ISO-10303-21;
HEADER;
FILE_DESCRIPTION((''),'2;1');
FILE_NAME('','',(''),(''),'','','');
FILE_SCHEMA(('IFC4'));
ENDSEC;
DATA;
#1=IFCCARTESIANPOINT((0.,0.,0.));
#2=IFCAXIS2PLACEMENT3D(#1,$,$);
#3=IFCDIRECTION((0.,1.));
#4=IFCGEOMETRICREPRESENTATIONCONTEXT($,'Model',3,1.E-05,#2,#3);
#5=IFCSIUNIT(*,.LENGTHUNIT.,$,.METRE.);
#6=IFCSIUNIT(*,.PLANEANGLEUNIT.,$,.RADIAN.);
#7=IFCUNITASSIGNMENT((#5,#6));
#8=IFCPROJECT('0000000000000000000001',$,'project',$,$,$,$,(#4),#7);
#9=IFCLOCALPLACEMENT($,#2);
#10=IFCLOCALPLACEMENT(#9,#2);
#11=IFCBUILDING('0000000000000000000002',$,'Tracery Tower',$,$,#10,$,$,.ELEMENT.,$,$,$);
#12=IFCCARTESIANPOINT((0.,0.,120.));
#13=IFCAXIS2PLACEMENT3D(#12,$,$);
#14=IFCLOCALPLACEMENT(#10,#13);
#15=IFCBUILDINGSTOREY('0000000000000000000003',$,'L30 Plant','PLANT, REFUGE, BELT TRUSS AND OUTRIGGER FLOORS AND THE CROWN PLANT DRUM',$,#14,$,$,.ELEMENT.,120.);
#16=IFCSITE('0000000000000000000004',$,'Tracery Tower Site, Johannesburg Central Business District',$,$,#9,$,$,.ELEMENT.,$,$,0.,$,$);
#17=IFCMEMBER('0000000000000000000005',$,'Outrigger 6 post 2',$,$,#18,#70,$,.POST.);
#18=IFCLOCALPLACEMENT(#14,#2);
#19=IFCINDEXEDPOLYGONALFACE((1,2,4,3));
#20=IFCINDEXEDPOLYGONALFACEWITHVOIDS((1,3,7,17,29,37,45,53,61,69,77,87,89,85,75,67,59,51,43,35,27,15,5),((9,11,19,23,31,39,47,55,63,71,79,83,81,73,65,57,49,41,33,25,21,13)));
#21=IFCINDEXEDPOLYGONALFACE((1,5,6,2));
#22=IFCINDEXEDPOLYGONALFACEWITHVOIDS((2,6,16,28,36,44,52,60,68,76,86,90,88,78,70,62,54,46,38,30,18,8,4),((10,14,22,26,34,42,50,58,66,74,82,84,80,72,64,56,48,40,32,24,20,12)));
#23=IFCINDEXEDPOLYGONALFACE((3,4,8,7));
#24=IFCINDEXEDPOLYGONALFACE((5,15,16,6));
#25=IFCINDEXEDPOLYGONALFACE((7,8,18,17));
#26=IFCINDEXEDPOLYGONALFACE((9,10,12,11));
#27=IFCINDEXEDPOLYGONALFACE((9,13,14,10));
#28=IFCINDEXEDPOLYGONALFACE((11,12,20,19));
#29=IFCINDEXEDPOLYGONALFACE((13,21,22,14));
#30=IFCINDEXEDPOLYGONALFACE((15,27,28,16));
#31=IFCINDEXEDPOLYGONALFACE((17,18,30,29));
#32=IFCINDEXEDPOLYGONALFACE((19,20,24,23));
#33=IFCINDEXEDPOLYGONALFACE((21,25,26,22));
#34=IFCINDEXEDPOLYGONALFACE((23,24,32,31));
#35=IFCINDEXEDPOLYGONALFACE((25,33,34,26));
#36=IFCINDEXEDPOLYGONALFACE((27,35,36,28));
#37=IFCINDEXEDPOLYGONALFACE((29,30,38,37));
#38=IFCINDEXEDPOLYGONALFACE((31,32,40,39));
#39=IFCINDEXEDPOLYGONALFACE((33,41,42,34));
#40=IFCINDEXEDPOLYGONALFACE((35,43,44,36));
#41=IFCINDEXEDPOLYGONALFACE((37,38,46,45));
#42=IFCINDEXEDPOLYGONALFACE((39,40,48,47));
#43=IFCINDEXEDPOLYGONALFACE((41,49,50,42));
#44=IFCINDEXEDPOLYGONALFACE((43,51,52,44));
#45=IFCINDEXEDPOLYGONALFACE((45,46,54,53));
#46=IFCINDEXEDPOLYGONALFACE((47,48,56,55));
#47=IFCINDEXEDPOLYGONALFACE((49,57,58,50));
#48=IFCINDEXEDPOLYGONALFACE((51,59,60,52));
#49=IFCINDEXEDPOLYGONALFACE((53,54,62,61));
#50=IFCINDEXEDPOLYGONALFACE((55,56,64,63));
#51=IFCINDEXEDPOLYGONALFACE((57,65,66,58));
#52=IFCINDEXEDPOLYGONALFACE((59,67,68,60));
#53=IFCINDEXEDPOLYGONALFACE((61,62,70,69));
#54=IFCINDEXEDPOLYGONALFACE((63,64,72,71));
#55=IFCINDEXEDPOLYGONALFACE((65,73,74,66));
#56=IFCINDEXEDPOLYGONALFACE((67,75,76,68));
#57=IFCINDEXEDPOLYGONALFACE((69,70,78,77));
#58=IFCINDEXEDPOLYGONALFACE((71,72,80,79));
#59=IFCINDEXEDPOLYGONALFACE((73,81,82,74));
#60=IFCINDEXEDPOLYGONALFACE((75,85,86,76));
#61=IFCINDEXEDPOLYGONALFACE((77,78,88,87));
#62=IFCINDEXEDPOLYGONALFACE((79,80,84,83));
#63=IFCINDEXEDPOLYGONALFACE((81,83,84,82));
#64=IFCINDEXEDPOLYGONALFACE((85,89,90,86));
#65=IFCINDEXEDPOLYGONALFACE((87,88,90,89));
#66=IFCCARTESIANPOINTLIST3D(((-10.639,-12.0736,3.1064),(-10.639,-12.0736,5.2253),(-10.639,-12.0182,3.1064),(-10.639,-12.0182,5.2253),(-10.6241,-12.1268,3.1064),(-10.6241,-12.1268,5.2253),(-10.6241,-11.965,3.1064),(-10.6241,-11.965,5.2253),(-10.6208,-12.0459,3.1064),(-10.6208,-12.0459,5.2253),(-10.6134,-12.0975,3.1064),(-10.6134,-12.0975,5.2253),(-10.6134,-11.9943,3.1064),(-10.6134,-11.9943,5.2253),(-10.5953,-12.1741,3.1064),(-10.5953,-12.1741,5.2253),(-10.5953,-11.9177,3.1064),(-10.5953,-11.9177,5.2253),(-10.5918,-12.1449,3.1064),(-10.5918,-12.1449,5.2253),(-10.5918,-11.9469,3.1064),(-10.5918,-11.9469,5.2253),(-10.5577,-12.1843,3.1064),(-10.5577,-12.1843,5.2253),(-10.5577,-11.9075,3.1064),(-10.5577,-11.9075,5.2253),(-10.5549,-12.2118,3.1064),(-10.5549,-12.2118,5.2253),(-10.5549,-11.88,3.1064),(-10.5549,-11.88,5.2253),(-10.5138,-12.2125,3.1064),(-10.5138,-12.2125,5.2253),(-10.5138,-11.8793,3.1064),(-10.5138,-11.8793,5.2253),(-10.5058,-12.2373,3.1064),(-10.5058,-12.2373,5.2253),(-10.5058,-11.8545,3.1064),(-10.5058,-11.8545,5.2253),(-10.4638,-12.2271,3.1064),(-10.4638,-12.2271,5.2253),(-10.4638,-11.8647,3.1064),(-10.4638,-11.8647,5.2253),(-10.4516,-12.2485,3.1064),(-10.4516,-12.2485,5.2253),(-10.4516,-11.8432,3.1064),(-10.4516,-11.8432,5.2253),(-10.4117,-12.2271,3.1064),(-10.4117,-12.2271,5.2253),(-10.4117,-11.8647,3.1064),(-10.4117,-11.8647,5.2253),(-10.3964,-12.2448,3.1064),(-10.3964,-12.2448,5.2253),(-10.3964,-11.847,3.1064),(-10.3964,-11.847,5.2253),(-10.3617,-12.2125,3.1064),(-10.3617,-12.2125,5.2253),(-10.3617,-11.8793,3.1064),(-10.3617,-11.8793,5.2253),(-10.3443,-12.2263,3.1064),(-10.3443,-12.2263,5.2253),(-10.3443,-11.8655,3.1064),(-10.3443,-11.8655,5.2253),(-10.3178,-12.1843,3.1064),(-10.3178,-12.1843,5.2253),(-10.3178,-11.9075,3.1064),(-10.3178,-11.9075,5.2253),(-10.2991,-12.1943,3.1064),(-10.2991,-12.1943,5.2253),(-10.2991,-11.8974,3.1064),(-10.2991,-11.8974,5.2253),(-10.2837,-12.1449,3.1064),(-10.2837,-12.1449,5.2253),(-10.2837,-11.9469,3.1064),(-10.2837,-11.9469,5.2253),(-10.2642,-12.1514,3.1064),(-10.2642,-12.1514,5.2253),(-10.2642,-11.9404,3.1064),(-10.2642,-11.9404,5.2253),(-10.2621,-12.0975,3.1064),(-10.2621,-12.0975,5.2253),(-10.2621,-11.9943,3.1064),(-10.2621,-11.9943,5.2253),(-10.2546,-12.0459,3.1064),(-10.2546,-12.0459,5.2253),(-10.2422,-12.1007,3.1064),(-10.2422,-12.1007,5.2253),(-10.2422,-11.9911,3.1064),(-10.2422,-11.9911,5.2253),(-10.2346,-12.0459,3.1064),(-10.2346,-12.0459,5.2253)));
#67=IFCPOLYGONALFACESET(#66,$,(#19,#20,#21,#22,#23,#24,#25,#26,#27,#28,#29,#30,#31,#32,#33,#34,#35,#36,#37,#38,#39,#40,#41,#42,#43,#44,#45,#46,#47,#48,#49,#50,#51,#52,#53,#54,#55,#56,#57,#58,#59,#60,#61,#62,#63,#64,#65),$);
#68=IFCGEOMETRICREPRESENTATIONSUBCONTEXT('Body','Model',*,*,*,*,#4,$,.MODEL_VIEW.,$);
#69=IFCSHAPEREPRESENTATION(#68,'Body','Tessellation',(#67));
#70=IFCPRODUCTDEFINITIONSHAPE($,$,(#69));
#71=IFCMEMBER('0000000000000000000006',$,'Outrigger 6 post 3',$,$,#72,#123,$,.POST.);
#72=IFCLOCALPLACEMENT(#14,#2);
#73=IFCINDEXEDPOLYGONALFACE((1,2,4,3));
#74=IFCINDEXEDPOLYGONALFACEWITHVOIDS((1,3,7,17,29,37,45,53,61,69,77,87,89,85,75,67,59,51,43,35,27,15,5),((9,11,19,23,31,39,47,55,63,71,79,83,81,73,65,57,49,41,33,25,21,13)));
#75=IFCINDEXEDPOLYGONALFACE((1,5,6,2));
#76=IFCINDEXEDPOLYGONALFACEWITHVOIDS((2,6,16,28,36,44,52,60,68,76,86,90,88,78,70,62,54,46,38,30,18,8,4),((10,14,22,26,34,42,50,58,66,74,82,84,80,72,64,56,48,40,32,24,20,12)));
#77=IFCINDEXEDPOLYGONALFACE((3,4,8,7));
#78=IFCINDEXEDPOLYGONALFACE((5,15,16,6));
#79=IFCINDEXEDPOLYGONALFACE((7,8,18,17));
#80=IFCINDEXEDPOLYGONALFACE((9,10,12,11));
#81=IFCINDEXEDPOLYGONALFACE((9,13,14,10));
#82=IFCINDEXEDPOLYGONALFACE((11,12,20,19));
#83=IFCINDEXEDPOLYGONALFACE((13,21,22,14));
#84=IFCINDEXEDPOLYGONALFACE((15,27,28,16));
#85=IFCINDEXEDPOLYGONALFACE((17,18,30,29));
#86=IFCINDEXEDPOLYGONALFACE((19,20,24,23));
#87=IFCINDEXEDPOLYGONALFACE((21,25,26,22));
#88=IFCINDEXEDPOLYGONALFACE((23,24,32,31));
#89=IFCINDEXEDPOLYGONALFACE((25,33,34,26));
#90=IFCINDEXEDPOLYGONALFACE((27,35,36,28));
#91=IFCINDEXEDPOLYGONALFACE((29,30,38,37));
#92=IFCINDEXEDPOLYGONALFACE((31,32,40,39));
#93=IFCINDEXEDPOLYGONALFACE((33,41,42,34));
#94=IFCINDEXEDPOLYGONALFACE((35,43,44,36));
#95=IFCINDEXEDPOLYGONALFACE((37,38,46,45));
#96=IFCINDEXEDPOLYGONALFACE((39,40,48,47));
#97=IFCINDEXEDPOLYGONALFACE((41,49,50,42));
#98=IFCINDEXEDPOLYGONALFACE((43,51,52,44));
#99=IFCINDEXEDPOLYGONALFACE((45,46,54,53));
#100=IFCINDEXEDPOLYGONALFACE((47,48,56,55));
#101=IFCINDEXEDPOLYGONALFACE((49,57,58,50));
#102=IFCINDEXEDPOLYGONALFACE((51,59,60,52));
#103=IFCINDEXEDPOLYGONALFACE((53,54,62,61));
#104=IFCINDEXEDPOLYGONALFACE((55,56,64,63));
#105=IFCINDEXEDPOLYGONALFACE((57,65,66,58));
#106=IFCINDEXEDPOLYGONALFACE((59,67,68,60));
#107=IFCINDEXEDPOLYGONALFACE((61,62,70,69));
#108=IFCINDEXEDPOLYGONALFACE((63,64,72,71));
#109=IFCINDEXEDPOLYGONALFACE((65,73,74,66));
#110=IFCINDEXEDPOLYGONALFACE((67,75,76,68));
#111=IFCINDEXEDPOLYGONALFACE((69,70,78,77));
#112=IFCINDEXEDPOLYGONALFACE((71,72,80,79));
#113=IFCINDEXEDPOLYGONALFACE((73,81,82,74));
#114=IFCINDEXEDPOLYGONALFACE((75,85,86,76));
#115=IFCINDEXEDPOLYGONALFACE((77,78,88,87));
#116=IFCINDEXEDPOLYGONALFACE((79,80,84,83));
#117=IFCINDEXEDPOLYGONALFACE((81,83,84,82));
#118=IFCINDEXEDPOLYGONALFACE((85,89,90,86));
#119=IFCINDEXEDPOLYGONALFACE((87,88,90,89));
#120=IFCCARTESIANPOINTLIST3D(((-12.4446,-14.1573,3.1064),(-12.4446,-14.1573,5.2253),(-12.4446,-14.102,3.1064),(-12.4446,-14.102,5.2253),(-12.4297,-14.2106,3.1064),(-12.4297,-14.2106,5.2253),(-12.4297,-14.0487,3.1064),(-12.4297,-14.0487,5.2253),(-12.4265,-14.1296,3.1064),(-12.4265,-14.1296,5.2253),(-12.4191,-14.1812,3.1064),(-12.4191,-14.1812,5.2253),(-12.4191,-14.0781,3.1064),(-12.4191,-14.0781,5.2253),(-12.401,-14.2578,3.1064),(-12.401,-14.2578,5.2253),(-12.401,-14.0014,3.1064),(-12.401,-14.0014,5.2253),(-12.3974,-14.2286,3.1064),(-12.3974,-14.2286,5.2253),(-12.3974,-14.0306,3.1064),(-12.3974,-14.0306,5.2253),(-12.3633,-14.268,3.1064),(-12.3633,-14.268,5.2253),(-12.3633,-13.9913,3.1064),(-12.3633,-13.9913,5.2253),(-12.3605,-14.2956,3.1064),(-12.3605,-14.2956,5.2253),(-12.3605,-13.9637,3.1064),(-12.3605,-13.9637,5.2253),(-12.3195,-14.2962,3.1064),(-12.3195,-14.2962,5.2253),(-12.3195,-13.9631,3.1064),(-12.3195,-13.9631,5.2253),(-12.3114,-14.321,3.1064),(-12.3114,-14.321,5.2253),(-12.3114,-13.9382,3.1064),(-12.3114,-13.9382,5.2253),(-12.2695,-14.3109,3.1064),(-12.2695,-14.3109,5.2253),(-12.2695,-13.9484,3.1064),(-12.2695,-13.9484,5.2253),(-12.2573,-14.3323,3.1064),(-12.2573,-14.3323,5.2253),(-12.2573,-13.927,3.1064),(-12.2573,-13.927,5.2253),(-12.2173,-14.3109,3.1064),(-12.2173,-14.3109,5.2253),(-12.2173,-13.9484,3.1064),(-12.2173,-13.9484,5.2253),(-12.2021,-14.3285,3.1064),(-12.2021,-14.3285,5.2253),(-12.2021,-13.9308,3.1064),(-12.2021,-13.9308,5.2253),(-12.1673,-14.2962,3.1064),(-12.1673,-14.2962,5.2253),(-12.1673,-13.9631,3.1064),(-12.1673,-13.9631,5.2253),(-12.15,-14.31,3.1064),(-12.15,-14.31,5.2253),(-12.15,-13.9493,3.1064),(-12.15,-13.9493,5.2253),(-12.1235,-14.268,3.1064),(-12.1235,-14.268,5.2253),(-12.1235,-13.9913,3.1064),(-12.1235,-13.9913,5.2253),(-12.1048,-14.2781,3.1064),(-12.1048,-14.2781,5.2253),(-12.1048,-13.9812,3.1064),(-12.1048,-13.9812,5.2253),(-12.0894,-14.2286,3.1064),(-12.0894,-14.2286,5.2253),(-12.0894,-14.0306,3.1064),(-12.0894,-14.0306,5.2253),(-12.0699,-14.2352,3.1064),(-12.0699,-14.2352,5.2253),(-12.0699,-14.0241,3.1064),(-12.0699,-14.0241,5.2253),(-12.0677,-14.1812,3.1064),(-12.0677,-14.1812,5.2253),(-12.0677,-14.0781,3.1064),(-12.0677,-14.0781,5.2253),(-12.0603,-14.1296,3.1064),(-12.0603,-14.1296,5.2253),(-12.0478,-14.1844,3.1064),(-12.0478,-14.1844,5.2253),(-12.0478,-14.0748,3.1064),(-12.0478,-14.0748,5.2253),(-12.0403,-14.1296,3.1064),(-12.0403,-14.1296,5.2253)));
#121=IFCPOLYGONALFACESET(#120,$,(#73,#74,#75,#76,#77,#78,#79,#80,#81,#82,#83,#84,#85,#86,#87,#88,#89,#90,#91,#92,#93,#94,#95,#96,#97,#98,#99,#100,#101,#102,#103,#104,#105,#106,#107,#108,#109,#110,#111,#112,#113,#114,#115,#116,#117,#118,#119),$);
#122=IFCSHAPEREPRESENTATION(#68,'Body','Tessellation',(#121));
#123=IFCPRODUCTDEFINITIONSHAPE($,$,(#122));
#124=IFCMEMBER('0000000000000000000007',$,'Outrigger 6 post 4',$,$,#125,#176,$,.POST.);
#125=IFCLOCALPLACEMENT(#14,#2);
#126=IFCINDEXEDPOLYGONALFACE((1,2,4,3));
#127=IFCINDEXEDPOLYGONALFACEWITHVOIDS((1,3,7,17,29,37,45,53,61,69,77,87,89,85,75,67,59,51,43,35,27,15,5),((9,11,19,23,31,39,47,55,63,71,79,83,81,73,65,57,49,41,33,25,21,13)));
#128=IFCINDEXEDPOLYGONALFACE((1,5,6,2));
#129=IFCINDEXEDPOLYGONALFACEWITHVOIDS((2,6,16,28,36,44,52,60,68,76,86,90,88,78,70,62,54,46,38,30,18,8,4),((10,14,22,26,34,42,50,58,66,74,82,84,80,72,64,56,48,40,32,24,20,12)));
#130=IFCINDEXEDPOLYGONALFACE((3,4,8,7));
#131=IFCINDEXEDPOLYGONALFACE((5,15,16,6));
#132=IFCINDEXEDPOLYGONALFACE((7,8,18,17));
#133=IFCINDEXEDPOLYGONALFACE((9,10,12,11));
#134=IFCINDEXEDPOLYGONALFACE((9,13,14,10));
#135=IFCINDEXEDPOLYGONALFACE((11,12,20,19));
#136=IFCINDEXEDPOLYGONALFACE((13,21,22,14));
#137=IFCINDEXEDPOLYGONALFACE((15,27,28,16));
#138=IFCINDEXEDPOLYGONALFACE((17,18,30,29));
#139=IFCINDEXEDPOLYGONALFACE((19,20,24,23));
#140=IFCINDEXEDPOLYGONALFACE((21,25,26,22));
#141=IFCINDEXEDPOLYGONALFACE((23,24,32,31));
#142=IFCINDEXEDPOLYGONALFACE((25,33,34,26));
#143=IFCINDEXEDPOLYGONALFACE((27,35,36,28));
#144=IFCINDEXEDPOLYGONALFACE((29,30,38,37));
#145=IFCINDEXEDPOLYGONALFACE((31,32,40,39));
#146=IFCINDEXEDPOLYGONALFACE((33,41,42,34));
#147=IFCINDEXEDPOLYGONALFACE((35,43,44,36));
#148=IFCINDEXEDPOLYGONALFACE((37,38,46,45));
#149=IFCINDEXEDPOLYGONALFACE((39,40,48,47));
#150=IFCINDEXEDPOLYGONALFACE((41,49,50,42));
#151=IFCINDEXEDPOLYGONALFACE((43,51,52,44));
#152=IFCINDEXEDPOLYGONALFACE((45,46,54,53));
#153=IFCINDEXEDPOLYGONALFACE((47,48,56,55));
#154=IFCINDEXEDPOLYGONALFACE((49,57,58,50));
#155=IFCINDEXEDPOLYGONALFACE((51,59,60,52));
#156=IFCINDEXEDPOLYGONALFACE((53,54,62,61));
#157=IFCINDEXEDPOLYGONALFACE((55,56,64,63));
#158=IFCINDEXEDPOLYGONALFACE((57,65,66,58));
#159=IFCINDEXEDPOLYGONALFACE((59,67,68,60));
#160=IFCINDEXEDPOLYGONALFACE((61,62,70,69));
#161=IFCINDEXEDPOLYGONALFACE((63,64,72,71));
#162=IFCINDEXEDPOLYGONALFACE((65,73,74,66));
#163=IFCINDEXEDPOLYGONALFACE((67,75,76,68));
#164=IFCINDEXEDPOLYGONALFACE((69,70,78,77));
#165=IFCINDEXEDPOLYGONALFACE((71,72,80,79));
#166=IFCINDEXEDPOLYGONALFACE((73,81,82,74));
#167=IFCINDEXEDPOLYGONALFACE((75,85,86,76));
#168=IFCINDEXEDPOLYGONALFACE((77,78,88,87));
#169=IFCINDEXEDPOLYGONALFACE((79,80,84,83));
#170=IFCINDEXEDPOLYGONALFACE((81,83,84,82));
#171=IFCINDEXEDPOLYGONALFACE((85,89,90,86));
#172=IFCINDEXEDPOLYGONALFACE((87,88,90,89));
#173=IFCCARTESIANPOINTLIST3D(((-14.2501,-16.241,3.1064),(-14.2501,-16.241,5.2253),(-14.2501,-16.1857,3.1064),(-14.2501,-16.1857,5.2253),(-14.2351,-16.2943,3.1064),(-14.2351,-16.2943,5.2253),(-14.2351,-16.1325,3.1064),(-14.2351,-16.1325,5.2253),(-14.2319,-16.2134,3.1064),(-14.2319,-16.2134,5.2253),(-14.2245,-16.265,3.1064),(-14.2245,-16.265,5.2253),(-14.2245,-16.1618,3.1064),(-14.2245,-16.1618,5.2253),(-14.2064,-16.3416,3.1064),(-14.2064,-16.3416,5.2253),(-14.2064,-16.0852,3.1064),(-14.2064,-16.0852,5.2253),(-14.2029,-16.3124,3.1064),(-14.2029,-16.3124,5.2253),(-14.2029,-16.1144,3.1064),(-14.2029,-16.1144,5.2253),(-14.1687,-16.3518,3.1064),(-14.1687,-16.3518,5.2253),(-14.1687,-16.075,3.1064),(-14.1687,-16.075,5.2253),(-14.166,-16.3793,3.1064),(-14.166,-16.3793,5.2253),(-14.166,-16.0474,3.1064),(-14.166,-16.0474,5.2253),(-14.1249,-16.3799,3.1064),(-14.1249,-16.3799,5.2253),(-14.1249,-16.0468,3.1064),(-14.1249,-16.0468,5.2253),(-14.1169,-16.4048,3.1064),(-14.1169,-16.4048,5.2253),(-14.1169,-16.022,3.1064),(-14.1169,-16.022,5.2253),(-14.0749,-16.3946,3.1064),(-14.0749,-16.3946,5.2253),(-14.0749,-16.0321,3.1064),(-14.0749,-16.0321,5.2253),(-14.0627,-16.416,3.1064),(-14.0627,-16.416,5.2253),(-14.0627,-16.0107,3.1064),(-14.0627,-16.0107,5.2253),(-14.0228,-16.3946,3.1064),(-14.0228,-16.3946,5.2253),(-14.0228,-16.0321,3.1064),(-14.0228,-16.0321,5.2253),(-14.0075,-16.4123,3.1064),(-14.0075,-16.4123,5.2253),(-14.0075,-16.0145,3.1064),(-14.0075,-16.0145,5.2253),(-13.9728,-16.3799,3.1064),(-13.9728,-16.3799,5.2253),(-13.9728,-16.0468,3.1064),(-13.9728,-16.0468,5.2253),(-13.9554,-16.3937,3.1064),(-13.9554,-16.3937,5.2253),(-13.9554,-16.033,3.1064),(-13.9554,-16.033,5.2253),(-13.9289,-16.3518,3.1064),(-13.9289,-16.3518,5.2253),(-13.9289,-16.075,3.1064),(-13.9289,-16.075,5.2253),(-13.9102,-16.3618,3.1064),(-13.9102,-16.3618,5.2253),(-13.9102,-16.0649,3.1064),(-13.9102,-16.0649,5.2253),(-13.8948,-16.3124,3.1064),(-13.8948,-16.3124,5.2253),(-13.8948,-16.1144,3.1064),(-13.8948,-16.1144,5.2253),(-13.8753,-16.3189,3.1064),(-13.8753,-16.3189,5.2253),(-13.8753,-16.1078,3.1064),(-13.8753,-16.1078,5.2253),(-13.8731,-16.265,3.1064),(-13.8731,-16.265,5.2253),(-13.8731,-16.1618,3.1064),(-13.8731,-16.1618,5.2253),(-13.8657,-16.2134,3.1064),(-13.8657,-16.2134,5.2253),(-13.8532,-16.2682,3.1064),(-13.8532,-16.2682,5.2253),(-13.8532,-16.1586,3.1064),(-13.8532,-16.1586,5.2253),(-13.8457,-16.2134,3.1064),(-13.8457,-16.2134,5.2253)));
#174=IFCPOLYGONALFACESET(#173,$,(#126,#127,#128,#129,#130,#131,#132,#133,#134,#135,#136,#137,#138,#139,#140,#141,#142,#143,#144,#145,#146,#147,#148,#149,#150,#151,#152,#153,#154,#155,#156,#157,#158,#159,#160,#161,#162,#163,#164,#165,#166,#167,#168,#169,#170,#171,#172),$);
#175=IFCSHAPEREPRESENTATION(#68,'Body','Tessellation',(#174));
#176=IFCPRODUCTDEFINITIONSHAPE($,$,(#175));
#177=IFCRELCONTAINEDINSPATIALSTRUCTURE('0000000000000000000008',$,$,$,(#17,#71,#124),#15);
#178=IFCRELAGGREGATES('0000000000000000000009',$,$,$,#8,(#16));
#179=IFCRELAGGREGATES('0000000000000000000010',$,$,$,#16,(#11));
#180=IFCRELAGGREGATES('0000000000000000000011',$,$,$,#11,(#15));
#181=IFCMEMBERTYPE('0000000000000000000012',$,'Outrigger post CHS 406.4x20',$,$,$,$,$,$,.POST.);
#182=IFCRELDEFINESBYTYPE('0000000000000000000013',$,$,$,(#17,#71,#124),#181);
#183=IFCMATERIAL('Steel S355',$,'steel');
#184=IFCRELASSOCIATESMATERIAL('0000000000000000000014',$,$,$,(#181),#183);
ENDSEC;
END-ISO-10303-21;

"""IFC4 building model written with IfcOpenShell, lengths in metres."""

from ifc_helpers import new_model, si_unit, direction, frame, origin, origin_2d, place, context, subcontext, project, spatial, hollow_circle, extrude, material, material_profile, profile_set, type_object, element, save


model = new_model("IFC4")

# Units and contexts
model_context = context("Model", 3, precision=1e-05, world=origin(), true_north=direction((0.0, 1.0)))
body_context = subcontext(model_context, "Body", "Model", "MODEL_VIEW")
ifc_project = project(units=[si_unit("LENGTHUNIT", "METRE"), si_unit("PLANEANGLEUNIT", "RADIAN")], contexts=[model_context])

# Site, building, storey
site_placement = place(None, origin())
site = spatial("IfcSite", under=ifc_project, at=site_placement, Name="Tracery Tower Site, Johannesburg Central Business District", CompositionType="ELEMENT", RefElevation=0.0)
building_placement = place(site_placement, origin())
building = spatial("IfcBuilding", under=site, at=building_placement, Name="Tracery Tower", CompositionType="ELEMENT")
storey_placement = place(building_placement, frame((0.0, 0.0, 120.0)))
storey = spatial("IfcBuildingStorey", under=building, at=storey_placement, Name="L30 Plant", Description="PLANT, REFUGE, BELT TRUSS AND OUTRIGGER FLOORS AND THE CROWN PLANT DRUM", CompositionType="ELEMENT", Elevation=120.0)

# Members
ifc_material_1 = material(Name="Steel S355", Category="steel")
ifc_material_profile_1 = material_profile(ifc_material_1, hollow_circle(Radius=0.2031, WallThickness=0.02, at=origin_2d()), Name="CHS 406.4x20")
ifc_profile_set_1 = profile_set([ifc_material_profile_1], Name="Steel S355")
member_type_1 = type_object("IfcMemberType", Name="Outrigger post CHS 406.4x20", PredefinedType="POST", material=ifc_profile_set_1)
for number, where, z_axis, x_axis, name in (
    (1, (-10.4377, -12.0459, 3.1064), (0.0, 0.0, 1.0), (1.0, 0.0, 0.0), "Outrigger 6 post 2"),
    (2, (-12.2434, -14.1296, 3.1064), (0.0, 0.0, 1.0), (1.0, 0.0, 0.0), "Outrigger 6 post 3"),
    (3, (-14.0488, -16.2134, 3.1064), (0.0, 0.0, 1.0), (1.0, 0.0, 0.0), "Outrigger 6 post 4"),
):
    element("IfcMember", number, at=place(storey_placement, frame(where, z_axis=z_axis, x_axis=x_axis)), inside=storey, type_object=member_type_1, Name=name, PredefinedType="POST", context=body_context, shape_type="SweptSolid", body=[
        extrude(hollow_circle(Radius=0.2031, WallThickness=0.02, at=origin_2d()), origin(), (0.0, 0.0, 1.0), 2.1189),
    ])

save(model, "model.ifc")
